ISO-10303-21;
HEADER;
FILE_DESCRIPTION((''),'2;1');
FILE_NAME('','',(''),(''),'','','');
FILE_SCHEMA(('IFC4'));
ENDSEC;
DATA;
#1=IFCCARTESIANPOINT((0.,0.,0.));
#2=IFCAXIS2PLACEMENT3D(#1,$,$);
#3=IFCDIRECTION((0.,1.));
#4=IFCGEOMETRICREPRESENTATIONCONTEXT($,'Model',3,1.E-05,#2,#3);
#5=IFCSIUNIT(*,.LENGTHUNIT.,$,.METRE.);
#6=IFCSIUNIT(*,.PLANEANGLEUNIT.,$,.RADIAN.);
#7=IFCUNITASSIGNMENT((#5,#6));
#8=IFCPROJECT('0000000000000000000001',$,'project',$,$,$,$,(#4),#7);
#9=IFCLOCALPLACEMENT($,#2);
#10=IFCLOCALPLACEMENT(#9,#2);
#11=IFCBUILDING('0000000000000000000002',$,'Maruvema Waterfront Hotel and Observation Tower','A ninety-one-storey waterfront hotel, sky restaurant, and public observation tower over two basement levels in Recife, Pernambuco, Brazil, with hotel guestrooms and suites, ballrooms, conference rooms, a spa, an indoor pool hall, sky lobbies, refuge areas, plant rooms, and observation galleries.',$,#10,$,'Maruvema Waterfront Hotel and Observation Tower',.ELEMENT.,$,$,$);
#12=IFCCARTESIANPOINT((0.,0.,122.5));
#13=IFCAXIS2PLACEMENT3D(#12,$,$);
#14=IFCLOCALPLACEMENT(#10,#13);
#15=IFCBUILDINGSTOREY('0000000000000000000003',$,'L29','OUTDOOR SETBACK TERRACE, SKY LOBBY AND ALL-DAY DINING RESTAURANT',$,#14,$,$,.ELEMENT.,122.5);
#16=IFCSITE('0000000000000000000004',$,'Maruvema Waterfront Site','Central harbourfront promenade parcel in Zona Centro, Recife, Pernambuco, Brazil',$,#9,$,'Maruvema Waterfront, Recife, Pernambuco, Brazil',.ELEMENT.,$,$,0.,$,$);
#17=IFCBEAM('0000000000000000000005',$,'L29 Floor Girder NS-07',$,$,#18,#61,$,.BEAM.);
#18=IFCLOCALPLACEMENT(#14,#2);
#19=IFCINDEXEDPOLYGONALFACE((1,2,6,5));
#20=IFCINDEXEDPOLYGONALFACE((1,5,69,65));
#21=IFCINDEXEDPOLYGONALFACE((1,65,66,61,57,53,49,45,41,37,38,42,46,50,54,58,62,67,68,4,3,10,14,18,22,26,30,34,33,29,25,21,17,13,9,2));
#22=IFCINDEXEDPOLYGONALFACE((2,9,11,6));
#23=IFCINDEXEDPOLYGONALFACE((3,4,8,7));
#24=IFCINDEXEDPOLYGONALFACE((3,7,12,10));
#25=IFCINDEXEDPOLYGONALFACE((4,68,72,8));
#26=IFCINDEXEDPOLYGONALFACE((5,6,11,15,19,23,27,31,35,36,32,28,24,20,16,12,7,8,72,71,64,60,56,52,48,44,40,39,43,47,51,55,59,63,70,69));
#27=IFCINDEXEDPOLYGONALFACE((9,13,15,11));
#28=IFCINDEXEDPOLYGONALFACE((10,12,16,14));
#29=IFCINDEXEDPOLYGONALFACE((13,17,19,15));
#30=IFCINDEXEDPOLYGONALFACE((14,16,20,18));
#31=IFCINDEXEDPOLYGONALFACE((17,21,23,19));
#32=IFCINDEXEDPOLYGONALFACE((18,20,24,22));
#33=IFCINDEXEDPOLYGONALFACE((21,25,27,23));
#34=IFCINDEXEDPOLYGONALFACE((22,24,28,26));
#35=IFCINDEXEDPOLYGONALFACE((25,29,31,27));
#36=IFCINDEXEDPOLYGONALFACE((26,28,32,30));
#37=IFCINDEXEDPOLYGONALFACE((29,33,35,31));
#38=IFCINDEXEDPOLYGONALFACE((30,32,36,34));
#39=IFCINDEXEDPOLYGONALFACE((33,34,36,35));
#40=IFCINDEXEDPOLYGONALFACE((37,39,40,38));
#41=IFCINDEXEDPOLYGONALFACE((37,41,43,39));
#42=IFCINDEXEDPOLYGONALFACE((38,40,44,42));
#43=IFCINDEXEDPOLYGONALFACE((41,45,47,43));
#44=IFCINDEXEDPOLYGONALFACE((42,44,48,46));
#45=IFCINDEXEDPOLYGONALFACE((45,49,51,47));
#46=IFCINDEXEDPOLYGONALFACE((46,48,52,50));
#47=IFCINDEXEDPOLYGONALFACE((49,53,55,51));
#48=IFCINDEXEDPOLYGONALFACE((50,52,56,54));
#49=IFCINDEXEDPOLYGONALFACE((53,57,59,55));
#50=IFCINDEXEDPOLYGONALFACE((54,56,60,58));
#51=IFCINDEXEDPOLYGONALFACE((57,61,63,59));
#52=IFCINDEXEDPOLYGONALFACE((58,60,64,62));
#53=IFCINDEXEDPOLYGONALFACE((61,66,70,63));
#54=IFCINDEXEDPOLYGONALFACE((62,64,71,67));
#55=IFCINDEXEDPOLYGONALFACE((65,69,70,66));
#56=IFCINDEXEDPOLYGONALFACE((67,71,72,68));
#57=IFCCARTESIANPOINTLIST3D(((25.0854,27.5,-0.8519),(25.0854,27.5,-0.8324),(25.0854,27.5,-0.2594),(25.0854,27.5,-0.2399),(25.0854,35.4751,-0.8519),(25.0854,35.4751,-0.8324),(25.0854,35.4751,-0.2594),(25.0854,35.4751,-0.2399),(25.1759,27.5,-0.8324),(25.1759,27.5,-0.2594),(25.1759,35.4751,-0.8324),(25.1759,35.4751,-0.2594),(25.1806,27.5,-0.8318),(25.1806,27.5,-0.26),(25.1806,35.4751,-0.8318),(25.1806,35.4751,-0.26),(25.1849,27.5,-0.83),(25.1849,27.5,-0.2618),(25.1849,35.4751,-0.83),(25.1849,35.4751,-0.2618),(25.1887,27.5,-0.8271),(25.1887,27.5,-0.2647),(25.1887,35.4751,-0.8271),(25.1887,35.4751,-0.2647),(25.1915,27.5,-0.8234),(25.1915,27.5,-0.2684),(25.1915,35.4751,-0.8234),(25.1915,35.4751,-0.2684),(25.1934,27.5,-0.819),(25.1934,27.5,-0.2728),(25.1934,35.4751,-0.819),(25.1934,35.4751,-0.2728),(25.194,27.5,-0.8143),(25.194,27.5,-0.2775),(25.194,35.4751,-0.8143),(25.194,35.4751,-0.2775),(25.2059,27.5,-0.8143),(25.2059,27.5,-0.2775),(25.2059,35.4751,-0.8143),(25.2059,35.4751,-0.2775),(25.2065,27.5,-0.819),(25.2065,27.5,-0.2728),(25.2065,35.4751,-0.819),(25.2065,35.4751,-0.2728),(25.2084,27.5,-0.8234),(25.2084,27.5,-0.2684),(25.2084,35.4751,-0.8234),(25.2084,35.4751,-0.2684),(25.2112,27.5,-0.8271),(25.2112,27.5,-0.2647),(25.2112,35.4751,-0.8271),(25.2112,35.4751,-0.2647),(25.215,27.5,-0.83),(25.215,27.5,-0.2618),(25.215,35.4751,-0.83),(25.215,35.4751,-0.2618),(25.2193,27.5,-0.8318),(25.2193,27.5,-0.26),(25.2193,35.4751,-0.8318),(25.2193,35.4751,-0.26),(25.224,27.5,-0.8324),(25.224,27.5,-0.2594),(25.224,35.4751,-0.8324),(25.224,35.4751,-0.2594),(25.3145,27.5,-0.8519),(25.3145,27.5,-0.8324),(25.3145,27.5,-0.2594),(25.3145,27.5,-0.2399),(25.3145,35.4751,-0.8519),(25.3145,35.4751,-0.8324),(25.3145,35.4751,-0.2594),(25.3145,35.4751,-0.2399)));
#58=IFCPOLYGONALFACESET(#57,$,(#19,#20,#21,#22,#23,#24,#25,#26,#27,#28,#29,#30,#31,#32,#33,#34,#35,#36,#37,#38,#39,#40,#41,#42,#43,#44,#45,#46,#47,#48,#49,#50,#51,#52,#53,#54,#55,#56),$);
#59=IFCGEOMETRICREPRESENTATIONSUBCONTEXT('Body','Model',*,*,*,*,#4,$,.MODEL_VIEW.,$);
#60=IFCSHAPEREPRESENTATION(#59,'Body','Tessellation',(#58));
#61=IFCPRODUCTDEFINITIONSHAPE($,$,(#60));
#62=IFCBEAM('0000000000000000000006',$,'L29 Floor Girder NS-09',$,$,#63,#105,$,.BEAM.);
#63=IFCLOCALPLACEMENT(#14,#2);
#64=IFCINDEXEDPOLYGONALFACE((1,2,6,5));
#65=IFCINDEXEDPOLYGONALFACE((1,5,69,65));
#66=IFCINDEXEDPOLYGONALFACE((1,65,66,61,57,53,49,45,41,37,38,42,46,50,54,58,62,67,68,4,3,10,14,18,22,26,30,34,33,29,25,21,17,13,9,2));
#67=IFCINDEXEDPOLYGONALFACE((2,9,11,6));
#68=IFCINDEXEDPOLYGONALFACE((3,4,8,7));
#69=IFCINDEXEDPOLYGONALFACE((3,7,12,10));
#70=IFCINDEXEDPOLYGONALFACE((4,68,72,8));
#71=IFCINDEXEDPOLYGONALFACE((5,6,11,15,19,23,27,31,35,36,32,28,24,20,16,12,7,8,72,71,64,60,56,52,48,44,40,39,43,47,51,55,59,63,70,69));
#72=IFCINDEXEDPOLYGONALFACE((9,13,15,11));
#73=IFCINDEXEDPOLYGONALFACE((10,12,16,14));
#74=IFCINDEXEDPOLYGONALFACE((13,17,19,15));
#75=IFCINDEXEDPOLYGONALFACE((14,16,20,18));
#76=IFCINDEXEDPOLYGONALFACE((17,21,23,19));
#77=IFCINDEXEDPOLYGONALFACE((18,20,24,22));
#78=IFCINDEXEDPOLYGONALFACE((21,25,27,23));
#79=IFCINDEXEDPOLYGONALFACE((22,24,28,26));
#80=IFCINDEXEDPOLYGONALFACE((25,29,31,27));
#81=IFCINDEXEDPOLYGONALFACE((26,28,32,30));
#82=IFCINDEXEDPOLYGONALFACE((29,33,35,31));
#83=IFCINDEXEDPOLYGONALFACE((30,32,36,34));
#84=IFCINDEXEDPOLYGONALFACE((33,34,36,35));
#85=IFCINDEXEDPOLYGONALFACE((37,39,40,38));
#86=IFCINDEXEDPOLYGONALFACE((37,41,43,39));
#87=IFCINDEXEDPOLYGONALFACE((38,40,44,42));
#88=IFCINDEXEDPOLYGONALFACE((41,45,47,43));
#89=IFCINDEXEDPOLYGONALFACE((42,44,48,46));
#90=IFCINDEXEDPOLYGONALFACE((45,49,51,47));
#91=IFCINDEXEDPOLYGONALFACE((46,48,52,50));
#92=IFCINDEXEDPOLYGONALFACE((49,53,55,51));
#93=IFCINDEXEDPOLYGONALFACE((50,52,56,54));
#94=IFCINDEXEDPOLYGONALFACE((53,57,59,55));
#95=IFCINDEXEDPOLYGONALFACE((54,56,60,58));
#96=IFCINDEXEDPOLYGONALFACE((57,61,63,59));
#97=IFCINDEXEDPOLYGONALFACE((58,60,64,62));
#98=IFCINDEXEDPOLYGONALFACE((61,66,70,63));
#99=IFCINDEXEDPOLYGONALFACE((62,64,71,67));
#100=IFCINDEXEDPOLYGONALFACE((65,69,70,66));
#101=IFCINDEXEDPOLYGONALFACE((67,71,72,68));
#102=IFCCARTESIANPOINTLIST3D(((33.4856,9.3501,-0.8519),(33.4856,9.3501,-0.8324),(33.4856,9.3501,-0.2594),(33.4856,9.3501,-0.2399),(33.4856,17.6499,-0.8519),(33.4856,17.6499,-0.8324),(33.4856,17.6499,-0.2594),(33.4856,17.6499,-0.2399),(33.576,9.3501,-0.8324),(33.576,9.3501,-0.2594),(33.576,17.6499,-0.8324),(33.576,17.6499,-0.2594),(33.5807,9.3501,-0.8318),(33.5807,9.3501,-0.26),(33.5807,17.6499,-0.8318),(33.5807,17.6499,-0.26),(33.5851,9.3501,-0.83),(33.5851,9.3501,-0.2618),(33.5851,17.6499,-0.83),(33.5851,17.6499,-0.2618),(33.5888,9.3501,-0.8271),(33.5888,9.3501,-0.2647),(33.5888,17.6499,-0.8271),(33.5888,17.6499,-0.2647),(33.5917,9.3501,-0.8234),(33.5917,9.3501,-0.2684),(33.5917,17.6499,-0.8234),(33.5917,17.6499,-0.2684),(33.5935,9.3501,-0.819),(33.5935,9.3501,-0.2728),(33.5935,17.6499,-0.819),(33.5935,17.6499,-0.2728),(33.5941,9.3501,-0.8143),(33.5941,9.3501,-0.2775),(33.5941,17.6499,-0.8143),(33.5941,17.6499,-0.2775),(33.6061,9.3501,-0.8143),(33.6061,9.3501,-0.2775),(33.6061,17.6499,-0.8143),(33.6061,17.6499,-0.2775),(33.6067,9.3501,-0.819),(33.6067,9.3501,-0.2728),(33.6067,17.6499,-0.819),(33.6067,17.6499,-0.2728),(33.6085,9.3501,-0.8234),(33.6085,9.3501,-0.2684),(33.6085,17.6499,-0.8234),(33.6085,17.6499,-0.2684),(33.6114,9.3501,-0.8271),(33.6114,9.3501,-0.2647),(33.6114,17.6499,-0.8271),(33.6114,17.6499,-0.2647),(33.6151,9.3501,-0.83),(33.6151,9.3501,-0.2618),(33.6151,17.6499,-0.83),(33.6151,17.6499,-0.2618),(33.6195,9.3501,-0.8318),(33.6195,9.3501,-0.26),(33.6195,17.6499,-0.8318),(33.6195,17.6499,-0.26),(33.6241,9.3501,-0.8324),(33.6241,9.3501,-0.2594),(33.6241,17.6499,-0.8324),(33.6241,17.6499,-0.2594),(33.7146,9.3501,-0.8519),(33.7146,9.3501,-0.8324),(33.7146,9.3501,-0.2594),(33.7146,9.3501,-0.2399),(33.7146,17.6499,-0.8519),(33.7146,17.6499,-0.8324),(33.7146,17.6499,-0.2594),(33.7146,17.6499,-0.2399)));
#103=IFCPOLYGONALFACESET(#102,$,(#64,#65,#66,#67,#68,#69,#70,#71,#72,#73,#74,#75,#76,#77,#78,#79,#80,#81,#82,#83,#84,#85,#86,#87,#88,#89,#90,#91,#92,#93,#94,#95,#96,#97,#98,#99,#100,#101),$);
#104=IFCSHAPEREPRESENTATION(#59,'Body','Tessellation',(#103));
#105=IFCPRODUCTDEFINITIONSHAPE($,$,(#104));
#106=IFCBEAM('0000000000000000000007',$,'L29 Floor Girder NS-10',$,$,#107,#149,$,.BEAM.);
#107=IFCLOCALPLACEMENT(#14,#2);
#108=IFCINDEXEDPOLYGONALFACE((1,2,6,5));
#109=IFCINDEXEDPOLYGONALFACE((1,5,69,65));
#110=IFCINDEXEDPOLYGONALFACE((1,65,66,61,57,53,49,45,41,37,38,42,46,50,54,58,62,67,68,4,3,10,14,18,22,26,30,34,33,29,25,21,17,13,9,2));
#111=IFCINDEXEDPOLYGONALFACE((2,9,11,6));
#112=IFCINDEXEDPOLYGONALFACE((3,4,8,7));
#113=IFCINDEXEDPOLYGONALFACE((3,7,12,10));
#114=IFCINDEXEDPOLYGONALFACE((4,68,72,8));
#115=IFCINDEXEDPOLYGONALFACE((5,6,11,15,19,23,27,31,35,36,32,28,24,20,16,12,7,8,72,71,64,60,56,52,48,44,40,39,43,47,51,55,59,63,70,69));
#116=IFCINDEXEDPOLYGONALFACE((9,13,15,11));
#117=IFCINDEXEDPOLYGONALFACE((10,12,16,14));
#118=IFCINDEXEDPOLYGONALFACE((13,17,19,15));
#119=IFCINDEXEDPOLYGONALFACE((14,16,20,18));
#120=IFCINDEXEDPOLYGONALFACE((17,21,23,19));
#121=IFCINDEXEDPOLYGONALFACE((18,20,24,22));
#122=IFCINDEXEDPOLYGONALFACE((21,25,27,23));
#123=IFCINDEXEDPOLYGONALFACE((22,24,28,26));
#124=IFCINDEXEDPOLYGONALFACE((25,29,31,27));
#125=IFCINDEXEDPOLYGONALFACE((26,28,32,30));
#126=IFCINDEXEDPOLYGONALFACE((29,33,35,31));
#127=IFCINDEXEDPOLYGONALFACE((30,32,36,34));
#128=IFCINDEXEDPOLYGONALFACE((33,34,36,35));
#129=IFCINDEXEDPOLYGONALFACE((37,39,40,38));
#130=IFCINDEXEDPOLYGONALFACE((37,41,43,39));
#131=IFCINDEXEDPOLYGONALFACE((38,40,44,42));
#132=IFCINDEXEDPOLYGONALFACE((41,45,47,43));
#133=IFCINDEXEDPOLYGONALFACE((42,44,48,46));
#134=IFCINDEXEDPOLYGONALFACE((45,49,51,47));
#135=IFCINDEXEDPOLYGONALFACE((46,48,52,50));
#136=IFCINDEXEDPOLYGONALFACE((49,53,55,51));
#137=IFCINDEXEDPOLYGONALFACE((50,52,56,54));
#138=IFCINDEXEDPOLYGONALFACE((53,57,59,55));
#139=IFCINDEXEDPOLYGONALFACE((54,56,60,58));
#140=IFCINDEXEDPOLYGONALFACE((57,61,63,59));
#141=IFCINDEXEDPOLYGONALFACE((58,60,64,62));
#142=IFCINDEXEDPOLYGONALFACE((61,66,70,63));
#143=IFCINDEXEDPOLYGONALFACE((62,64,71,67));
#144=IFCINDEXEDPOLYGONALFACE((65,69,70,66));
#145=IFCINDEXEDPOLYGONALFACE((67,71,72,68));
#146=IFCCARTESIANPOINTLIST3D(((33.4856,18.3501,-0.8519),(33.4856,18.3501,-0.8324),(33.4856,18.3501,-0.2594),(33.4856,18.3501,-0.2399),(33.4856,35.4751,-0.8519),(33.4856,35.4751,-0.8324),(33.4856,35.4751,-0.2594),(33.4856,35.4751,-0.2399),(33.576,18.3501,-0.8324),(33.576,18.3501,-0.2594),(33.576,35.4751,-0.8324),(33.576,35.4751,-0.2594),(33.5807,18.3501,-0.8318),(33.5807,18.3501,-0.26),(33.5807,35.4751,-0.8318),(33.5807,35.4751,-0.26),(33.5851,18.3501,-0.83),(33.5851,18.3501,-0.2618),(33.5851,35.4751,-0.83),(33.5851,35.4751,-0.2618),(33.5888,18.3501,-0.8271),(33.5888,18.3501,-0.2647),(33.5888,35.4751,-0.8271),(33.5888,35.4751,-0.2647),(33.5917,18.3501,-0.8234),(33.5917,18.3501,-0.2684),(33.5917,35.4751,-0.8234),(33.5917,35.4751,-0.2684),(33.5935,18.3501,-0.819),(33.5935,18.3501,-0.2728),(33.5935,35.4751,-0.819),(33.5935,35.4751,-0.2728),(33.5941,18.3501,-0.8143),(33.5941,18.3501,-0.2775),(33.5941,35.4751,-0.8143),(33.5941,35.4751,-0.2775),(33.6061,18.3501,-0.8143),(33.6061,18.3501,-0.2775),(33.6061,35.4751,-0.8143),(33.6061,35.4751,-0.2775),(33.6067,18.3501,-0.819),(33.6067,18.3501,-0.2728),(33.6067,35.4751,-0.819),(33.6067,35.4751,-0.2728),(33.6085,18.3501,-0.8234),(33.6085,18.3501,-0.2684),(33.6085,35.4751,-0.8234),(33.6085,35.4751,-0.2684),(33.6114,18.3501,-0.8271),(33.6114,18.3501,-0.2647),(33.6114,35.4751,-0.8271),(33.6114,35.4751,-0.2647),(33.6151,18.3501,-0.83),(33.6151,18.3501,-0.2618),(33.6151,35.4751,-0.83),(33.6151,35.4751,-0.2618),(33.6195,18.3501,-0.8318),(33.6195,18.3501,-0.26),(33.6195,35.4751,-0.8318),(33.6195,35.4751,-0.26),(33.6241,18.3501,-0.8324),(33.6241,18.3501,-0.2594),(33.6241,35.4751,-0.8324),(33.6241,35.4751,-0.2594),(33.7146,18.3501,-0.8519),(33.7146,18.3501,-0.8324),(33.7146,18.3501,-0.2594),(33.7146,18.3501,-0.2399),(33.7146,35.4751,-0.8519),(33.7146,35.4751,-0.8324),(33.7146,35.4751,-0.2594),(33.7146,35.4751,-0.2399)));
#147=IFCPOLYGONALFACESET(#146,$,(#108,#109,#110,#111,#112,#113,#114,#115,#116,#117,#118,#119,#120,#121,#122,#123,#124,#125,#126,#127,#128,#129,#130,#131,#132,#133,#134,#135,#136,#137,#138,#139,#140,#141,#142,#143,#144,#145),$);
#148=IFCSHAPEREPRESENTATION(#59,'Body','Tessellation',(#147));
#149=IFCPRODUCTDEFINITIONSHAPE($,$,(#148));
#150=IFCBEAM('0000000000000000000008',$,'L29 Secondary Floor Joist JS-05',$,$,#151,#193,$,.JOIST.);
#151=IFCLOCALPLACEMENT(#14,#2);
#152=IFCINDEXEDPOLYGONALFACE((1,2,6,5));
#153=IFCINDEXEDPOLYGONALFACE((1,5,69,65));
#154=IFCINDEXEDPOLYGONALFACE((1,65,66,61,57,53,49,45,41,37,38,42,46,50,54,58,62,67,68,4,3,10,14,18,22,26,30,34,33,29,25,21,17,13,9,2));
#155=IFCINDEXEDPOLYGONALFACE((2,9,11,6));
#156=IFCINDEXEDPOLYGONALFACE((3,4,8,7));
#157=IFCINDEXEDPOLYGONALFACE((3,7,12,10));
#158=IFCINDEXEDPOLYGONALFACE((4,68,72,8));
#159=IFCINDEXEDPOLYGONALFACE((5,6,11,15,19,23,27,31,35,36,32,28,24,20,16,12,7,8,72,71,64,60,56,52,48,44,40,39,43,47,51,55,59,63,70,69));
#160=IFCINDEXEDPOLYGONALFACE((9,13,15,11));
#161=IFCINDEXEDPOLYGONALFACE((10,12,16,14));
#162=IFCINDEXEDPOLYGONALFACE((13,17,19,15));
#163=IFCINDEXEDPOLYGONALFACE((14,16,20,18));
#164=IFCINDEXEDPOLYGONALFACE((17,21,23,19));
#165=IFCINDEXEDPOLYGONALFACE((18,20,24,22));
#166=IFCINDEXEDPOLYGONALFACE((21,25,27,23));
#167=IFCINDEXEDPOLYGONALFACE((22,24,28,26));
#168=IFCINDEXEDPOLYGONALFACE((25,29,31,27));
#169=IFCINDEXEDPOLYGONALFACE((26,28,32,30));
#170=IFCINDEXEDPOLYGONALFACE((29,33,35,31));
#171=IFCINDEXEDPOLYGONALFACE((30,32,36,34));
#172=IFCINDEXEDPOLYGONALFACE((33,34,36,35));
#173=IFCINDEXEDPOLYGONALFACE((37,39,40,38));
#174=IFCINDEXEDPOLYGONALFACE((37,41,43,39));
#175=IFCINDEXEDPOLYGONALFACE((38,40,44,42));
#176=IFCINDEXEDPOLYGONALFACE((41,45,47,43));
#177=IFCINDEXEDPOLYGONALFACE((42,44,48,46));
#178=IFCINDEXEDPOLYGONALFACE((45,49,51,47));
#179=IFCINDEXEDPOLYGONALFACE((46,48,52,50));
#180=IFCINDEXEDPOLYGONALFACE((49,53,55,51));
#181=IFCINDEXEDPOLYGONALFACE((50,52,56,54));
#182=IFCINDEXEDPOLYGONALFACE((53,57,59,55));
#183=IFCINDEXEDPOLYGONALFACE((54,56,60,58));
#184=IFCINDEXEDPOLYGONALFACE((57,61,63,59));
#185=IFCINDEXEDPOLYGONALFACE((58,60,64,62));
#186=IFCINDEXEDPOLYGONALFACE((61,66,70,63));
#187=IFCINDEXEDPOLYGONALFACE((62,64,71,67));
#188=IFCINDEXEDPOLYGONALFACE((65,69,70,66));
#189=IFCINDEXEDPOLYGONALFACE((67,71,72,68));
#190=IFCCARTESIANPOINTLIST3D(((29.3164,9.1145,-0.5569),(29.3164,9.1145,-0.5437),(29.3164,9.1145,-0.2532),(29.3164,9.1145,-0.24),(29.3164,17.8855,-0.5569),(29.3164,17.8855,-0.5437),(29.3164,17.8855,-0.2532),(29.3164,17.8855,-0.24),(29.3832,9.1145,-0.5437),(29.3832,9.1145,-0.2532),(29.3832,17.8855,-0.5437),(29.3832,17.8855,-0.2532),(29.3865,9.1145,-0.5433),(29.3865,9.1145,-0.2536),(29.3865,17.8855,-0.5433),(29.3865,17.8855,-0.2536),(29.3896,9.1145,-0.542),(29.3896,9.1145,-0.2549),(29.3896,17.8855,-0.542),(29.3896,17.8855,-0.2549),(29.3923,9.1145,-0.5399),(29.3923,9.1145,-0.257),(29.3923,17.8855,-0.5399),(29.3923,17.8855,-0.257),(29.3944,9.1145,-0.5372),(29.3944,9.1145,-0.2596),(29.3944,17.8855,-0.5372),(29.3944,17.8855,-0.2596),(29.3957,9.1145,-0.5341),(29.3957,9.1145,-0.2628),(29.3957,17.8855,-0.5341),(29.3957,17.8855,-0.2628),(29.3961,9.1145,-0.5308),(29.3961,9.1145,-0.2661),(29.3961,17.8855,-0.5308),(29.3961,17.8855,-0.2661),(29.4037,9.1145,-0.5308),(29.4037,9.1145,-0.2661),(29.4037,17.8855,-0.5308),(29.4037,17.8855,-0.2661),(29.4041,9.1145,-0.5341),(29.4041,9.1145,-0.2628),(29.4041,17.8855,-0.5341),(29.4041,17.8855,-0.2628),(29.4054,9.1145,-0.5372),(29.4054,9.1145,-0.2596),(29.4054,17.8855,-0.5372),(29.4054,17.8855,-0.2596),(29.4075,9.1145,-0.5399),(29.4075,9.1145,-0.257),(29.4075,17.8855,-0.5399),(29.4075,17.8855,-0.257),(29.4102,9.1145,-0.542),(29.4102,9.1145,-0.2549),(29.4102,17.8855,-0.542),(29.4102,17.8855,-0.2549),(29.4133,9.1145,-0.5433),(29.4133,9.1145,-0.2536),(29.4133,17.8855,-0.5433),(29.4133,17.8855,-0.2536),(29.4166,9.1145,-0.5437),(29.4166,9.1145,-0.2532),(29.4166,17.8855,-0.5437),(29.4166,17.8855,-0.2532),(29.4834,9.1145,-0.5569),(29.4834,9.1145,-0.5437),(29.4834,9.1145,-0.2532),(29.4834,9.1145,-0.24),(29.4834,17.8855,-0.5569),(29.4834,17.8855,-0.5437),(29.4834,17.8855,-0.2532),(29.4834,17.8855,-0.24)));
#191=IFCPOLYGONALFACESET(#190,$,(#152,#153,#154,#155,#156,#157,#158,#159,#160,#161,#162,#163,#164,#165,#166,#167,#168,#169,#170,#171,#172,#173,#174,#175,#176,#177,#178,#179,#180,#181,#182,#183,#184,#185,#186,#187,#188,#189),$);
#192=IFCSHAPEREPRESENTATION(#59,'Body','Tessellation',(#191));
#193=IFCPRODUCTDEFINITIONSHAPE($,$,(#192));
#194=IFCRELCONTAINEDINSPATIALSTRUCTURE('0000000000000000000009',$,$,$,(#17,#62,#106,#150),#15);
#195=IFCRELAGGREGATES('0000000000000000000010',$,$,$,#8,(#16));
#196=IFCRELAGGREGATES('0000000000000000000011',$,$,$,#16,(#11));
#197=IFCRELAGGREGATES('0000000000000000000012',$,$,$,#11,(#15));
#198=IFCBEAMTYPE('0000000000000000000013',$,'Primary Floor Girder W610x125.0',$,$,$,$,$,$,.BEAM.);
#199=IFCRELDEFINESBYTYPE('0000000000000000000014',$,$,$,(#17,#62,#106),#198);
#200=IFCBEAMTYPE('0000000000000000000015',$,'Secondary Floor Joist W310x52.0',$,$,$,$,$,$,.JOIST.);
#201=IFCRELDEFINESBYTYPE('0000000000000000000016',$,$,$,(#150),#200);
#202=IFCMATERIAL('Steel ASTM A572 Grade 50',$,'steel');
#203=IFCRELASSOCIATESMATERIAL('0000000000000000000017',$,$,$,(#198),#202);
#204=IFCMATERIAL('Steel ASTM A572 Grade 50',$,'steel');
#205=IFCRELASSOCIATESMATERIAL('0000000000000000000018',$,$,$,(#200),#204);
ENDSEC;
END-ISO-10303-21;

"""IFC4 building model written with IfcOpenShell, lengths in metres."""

from ifc_helpers import new_model, si_unit, direction, frame, origin, origin_2d, place, context, subcontext, project, spatial, i_section, extrude, material, material_profile, profile_set, type_object, element, save


model = new_model("IFC4")

# Units and contexts
model_context = context("Model", 3, precision=1e-05, world=origin(), true_north=direction((0.0, 1.0)))
body_context = subcontext(model_context, "Body", "Model", "MODEL_VIEW")
ifc_project = project(units=[si_unit("LENGTHUNIT", "METRE"), si_unit("PLANEANGLEUNIT", "RADIAN")], contexts=[model_context])

# Site, building, storey
site_placement = place(None, origin())
site = spatial("IfcSite", under=ifc_project, at=site_placement, Name="Maruvema Waterfront Site", Description="Central harbourfront promenade parcel in Zona Centro, Recife, Pernambuco, Brazil", LongName="Maruvema Waterfront, Recife, Pernambuco, Brazil", CompositionType="ELEMENT", RefElevation=0.0)
building_placement = place(site_placement, origin())
building = spatial("IfcBuilding", under=site, at=building_placement, Name="Maruvema Waterfront Hotel and Observation Tower", Description="A ninety-one-storey waterfront hotel, sky restaurant, and public observation tower over two basement levels in Recife, Pernambuco, Brazil, with hotel guestrooms and suites, ballrooms, conference rooms, a spa, an indoor pool hall, sky lobbies, refuge areas, plant rooms, and observation galleries.", LongName="Maruvema Waterfront Hotel and Observation Tower", CompositionType="ELEMENT")
storey_placement = place(building_placement, frame((0.0, 0.0, 122.5)))
storey = spatial("IfcBuildingStorey", under=building, at=storey_placement, Name="L29", Description="OUTDOOR SETBACK TERRACE, SKY LOBBY AND ALL-DAY DINING RESTAURANT", CompositionType="ELEMENT", Elevation=122.5)

# Beams
ifc_material_1 = material(Name="Steel ASTM A572 Grade 50", Category="steel")
ifc_material_profile_1 = material_profile(ifc_material_1, i_section(OverallWidth=0.229, OverallDepth=0.6121, WebThickness=0.012, FlangeThickness=0.0195, FilletRadius=0.0181, at=origin_2d()), Name="W610x125.0")
ifc_profile_set_1 = profile_set([ifc_material_profile_1], Name="Steel ASTM A572 Grade 50")
beam_type_1 = type_object("IfcBeamType", Name="Primary Floor Girder W610x125.0", PredefinedType="BEAM", material=ifc_profile_set_1)
for number, where, z_axis, x_axis, name in (
    (1, (25.2, 27.5, -0.5459), (0.0, 1.0, 0.0), (-1.0, 0.0, 0.0), "L29 Floor Girder NS-07"),
):
    element("IfcBeam", number, at=place(storey_placement, frame(where, z_axis=z_axis, x_axis=x_axis)), inside=storey, type_object=beam_type_1, Name=name, PredefinedType="BEAM", context=body_context, shape_type="SweptSolid", body=[
        extrude(i_section(OverallWidth=0.229, OverallDepth=0.6121, WebThickness=0.012, FlangeThickness=0.0195, FilletRadius=0.0181, at=origin_2d()), origin(), (0.0, 0.0, 1.0), 7.9751),
    ])
beam_1_placement = place(storey_placement, frame((33.6001, 9.3501, -0.5459), z_axis=(0.0, 1.0, 0.0), x_axis=(-1.0, 0.0, 0.0)))
element("IfcBeam", 2, at=beam_1_placement, inside=storey, type_object=beam_type_1, Name="L29 Floor Girder NS-09", PredefinedType="BEAM", context=body_context, shape_type="SweptSolid", body=[
    extrude(i_section(OverallWidth=0.229, OverallDepth=0.6121, WebThickness=0.012, FlangeThickness=0.0195, FilletRadius=0.0181, at=origin_2d()), origin(), (0.0, 0.0, 1.0), 8.2998),
])
beam_2_placement = place(storey_placement, frame((33.6001, 18.3501, -0.5459), z_axis=(0.0, 1.0, 0.0), x_axis=(-1.0, 0.0, 0.0)))
element("IfcBeam", 3, at=beam_2_placement, inside=storey, type_object=beam_type_1, Name="L29 Floor Girder NS-10", PredefinedType="BEAM", context=body_context, shape_type="SweptSolid", body=[
    extrude(i_section(OverallWidth=0.229, OverallDepth=0.6121, WebThickness=0.012, FlangeThickness=0.0195, FilletRadius=0.0181, at=origin_2d()), origin(), (0.0, 0.0, 1.0), 17.125),
])
ifc_material_2 = material(Name="Steel ASTM A572 Grade 50", Category="steel")
ifc_material_profile_2 = material_profile(ifc_material_2, i_section(OverallWidth=0.167, OverallDepth=0.3169, WebThickness=0.0076, FlangeThickness=0.0132, FilletRadius=0.0129, at=origin_2d()), Name="W310x52.0")
ifc_profile_set_2 = profile_set([ifc_material_profile_2], Name="Steel ASTM A572 Grade 50")
beam_type_2 = type_object("IfcBeamType", Name="Secondary Floor Joist W310x52.0", PredefinedType="JOIST", material=ifc_profile_set_2)
beam_3_placement = place(storey_placement, frame((29.3999, 9.1145, -0.3984), z_axis=(0.0, 1.0, 0.0), x_axis=(-1.0, 0.0, 0.0)))
element("IfcBeam", 4, at=beam_3_placement, inside=storey, type_object=beam_type_2, Name="L29 Secondary Floor Joist JS-05", PredefinedType="JOIST", context=body_context, shape_type="SweptSolid", body=[
    extrude(i_section(OverallWidth=0.167, OverallDepth=0.3169, WebThickness=0.0076, FlangeThickness=0.0132, FilletRadius=0.0129, at=origin_2d()), origin(), (0.0, 0.0, 1.0), 8.771),
])

save(model, "model.ifc")
